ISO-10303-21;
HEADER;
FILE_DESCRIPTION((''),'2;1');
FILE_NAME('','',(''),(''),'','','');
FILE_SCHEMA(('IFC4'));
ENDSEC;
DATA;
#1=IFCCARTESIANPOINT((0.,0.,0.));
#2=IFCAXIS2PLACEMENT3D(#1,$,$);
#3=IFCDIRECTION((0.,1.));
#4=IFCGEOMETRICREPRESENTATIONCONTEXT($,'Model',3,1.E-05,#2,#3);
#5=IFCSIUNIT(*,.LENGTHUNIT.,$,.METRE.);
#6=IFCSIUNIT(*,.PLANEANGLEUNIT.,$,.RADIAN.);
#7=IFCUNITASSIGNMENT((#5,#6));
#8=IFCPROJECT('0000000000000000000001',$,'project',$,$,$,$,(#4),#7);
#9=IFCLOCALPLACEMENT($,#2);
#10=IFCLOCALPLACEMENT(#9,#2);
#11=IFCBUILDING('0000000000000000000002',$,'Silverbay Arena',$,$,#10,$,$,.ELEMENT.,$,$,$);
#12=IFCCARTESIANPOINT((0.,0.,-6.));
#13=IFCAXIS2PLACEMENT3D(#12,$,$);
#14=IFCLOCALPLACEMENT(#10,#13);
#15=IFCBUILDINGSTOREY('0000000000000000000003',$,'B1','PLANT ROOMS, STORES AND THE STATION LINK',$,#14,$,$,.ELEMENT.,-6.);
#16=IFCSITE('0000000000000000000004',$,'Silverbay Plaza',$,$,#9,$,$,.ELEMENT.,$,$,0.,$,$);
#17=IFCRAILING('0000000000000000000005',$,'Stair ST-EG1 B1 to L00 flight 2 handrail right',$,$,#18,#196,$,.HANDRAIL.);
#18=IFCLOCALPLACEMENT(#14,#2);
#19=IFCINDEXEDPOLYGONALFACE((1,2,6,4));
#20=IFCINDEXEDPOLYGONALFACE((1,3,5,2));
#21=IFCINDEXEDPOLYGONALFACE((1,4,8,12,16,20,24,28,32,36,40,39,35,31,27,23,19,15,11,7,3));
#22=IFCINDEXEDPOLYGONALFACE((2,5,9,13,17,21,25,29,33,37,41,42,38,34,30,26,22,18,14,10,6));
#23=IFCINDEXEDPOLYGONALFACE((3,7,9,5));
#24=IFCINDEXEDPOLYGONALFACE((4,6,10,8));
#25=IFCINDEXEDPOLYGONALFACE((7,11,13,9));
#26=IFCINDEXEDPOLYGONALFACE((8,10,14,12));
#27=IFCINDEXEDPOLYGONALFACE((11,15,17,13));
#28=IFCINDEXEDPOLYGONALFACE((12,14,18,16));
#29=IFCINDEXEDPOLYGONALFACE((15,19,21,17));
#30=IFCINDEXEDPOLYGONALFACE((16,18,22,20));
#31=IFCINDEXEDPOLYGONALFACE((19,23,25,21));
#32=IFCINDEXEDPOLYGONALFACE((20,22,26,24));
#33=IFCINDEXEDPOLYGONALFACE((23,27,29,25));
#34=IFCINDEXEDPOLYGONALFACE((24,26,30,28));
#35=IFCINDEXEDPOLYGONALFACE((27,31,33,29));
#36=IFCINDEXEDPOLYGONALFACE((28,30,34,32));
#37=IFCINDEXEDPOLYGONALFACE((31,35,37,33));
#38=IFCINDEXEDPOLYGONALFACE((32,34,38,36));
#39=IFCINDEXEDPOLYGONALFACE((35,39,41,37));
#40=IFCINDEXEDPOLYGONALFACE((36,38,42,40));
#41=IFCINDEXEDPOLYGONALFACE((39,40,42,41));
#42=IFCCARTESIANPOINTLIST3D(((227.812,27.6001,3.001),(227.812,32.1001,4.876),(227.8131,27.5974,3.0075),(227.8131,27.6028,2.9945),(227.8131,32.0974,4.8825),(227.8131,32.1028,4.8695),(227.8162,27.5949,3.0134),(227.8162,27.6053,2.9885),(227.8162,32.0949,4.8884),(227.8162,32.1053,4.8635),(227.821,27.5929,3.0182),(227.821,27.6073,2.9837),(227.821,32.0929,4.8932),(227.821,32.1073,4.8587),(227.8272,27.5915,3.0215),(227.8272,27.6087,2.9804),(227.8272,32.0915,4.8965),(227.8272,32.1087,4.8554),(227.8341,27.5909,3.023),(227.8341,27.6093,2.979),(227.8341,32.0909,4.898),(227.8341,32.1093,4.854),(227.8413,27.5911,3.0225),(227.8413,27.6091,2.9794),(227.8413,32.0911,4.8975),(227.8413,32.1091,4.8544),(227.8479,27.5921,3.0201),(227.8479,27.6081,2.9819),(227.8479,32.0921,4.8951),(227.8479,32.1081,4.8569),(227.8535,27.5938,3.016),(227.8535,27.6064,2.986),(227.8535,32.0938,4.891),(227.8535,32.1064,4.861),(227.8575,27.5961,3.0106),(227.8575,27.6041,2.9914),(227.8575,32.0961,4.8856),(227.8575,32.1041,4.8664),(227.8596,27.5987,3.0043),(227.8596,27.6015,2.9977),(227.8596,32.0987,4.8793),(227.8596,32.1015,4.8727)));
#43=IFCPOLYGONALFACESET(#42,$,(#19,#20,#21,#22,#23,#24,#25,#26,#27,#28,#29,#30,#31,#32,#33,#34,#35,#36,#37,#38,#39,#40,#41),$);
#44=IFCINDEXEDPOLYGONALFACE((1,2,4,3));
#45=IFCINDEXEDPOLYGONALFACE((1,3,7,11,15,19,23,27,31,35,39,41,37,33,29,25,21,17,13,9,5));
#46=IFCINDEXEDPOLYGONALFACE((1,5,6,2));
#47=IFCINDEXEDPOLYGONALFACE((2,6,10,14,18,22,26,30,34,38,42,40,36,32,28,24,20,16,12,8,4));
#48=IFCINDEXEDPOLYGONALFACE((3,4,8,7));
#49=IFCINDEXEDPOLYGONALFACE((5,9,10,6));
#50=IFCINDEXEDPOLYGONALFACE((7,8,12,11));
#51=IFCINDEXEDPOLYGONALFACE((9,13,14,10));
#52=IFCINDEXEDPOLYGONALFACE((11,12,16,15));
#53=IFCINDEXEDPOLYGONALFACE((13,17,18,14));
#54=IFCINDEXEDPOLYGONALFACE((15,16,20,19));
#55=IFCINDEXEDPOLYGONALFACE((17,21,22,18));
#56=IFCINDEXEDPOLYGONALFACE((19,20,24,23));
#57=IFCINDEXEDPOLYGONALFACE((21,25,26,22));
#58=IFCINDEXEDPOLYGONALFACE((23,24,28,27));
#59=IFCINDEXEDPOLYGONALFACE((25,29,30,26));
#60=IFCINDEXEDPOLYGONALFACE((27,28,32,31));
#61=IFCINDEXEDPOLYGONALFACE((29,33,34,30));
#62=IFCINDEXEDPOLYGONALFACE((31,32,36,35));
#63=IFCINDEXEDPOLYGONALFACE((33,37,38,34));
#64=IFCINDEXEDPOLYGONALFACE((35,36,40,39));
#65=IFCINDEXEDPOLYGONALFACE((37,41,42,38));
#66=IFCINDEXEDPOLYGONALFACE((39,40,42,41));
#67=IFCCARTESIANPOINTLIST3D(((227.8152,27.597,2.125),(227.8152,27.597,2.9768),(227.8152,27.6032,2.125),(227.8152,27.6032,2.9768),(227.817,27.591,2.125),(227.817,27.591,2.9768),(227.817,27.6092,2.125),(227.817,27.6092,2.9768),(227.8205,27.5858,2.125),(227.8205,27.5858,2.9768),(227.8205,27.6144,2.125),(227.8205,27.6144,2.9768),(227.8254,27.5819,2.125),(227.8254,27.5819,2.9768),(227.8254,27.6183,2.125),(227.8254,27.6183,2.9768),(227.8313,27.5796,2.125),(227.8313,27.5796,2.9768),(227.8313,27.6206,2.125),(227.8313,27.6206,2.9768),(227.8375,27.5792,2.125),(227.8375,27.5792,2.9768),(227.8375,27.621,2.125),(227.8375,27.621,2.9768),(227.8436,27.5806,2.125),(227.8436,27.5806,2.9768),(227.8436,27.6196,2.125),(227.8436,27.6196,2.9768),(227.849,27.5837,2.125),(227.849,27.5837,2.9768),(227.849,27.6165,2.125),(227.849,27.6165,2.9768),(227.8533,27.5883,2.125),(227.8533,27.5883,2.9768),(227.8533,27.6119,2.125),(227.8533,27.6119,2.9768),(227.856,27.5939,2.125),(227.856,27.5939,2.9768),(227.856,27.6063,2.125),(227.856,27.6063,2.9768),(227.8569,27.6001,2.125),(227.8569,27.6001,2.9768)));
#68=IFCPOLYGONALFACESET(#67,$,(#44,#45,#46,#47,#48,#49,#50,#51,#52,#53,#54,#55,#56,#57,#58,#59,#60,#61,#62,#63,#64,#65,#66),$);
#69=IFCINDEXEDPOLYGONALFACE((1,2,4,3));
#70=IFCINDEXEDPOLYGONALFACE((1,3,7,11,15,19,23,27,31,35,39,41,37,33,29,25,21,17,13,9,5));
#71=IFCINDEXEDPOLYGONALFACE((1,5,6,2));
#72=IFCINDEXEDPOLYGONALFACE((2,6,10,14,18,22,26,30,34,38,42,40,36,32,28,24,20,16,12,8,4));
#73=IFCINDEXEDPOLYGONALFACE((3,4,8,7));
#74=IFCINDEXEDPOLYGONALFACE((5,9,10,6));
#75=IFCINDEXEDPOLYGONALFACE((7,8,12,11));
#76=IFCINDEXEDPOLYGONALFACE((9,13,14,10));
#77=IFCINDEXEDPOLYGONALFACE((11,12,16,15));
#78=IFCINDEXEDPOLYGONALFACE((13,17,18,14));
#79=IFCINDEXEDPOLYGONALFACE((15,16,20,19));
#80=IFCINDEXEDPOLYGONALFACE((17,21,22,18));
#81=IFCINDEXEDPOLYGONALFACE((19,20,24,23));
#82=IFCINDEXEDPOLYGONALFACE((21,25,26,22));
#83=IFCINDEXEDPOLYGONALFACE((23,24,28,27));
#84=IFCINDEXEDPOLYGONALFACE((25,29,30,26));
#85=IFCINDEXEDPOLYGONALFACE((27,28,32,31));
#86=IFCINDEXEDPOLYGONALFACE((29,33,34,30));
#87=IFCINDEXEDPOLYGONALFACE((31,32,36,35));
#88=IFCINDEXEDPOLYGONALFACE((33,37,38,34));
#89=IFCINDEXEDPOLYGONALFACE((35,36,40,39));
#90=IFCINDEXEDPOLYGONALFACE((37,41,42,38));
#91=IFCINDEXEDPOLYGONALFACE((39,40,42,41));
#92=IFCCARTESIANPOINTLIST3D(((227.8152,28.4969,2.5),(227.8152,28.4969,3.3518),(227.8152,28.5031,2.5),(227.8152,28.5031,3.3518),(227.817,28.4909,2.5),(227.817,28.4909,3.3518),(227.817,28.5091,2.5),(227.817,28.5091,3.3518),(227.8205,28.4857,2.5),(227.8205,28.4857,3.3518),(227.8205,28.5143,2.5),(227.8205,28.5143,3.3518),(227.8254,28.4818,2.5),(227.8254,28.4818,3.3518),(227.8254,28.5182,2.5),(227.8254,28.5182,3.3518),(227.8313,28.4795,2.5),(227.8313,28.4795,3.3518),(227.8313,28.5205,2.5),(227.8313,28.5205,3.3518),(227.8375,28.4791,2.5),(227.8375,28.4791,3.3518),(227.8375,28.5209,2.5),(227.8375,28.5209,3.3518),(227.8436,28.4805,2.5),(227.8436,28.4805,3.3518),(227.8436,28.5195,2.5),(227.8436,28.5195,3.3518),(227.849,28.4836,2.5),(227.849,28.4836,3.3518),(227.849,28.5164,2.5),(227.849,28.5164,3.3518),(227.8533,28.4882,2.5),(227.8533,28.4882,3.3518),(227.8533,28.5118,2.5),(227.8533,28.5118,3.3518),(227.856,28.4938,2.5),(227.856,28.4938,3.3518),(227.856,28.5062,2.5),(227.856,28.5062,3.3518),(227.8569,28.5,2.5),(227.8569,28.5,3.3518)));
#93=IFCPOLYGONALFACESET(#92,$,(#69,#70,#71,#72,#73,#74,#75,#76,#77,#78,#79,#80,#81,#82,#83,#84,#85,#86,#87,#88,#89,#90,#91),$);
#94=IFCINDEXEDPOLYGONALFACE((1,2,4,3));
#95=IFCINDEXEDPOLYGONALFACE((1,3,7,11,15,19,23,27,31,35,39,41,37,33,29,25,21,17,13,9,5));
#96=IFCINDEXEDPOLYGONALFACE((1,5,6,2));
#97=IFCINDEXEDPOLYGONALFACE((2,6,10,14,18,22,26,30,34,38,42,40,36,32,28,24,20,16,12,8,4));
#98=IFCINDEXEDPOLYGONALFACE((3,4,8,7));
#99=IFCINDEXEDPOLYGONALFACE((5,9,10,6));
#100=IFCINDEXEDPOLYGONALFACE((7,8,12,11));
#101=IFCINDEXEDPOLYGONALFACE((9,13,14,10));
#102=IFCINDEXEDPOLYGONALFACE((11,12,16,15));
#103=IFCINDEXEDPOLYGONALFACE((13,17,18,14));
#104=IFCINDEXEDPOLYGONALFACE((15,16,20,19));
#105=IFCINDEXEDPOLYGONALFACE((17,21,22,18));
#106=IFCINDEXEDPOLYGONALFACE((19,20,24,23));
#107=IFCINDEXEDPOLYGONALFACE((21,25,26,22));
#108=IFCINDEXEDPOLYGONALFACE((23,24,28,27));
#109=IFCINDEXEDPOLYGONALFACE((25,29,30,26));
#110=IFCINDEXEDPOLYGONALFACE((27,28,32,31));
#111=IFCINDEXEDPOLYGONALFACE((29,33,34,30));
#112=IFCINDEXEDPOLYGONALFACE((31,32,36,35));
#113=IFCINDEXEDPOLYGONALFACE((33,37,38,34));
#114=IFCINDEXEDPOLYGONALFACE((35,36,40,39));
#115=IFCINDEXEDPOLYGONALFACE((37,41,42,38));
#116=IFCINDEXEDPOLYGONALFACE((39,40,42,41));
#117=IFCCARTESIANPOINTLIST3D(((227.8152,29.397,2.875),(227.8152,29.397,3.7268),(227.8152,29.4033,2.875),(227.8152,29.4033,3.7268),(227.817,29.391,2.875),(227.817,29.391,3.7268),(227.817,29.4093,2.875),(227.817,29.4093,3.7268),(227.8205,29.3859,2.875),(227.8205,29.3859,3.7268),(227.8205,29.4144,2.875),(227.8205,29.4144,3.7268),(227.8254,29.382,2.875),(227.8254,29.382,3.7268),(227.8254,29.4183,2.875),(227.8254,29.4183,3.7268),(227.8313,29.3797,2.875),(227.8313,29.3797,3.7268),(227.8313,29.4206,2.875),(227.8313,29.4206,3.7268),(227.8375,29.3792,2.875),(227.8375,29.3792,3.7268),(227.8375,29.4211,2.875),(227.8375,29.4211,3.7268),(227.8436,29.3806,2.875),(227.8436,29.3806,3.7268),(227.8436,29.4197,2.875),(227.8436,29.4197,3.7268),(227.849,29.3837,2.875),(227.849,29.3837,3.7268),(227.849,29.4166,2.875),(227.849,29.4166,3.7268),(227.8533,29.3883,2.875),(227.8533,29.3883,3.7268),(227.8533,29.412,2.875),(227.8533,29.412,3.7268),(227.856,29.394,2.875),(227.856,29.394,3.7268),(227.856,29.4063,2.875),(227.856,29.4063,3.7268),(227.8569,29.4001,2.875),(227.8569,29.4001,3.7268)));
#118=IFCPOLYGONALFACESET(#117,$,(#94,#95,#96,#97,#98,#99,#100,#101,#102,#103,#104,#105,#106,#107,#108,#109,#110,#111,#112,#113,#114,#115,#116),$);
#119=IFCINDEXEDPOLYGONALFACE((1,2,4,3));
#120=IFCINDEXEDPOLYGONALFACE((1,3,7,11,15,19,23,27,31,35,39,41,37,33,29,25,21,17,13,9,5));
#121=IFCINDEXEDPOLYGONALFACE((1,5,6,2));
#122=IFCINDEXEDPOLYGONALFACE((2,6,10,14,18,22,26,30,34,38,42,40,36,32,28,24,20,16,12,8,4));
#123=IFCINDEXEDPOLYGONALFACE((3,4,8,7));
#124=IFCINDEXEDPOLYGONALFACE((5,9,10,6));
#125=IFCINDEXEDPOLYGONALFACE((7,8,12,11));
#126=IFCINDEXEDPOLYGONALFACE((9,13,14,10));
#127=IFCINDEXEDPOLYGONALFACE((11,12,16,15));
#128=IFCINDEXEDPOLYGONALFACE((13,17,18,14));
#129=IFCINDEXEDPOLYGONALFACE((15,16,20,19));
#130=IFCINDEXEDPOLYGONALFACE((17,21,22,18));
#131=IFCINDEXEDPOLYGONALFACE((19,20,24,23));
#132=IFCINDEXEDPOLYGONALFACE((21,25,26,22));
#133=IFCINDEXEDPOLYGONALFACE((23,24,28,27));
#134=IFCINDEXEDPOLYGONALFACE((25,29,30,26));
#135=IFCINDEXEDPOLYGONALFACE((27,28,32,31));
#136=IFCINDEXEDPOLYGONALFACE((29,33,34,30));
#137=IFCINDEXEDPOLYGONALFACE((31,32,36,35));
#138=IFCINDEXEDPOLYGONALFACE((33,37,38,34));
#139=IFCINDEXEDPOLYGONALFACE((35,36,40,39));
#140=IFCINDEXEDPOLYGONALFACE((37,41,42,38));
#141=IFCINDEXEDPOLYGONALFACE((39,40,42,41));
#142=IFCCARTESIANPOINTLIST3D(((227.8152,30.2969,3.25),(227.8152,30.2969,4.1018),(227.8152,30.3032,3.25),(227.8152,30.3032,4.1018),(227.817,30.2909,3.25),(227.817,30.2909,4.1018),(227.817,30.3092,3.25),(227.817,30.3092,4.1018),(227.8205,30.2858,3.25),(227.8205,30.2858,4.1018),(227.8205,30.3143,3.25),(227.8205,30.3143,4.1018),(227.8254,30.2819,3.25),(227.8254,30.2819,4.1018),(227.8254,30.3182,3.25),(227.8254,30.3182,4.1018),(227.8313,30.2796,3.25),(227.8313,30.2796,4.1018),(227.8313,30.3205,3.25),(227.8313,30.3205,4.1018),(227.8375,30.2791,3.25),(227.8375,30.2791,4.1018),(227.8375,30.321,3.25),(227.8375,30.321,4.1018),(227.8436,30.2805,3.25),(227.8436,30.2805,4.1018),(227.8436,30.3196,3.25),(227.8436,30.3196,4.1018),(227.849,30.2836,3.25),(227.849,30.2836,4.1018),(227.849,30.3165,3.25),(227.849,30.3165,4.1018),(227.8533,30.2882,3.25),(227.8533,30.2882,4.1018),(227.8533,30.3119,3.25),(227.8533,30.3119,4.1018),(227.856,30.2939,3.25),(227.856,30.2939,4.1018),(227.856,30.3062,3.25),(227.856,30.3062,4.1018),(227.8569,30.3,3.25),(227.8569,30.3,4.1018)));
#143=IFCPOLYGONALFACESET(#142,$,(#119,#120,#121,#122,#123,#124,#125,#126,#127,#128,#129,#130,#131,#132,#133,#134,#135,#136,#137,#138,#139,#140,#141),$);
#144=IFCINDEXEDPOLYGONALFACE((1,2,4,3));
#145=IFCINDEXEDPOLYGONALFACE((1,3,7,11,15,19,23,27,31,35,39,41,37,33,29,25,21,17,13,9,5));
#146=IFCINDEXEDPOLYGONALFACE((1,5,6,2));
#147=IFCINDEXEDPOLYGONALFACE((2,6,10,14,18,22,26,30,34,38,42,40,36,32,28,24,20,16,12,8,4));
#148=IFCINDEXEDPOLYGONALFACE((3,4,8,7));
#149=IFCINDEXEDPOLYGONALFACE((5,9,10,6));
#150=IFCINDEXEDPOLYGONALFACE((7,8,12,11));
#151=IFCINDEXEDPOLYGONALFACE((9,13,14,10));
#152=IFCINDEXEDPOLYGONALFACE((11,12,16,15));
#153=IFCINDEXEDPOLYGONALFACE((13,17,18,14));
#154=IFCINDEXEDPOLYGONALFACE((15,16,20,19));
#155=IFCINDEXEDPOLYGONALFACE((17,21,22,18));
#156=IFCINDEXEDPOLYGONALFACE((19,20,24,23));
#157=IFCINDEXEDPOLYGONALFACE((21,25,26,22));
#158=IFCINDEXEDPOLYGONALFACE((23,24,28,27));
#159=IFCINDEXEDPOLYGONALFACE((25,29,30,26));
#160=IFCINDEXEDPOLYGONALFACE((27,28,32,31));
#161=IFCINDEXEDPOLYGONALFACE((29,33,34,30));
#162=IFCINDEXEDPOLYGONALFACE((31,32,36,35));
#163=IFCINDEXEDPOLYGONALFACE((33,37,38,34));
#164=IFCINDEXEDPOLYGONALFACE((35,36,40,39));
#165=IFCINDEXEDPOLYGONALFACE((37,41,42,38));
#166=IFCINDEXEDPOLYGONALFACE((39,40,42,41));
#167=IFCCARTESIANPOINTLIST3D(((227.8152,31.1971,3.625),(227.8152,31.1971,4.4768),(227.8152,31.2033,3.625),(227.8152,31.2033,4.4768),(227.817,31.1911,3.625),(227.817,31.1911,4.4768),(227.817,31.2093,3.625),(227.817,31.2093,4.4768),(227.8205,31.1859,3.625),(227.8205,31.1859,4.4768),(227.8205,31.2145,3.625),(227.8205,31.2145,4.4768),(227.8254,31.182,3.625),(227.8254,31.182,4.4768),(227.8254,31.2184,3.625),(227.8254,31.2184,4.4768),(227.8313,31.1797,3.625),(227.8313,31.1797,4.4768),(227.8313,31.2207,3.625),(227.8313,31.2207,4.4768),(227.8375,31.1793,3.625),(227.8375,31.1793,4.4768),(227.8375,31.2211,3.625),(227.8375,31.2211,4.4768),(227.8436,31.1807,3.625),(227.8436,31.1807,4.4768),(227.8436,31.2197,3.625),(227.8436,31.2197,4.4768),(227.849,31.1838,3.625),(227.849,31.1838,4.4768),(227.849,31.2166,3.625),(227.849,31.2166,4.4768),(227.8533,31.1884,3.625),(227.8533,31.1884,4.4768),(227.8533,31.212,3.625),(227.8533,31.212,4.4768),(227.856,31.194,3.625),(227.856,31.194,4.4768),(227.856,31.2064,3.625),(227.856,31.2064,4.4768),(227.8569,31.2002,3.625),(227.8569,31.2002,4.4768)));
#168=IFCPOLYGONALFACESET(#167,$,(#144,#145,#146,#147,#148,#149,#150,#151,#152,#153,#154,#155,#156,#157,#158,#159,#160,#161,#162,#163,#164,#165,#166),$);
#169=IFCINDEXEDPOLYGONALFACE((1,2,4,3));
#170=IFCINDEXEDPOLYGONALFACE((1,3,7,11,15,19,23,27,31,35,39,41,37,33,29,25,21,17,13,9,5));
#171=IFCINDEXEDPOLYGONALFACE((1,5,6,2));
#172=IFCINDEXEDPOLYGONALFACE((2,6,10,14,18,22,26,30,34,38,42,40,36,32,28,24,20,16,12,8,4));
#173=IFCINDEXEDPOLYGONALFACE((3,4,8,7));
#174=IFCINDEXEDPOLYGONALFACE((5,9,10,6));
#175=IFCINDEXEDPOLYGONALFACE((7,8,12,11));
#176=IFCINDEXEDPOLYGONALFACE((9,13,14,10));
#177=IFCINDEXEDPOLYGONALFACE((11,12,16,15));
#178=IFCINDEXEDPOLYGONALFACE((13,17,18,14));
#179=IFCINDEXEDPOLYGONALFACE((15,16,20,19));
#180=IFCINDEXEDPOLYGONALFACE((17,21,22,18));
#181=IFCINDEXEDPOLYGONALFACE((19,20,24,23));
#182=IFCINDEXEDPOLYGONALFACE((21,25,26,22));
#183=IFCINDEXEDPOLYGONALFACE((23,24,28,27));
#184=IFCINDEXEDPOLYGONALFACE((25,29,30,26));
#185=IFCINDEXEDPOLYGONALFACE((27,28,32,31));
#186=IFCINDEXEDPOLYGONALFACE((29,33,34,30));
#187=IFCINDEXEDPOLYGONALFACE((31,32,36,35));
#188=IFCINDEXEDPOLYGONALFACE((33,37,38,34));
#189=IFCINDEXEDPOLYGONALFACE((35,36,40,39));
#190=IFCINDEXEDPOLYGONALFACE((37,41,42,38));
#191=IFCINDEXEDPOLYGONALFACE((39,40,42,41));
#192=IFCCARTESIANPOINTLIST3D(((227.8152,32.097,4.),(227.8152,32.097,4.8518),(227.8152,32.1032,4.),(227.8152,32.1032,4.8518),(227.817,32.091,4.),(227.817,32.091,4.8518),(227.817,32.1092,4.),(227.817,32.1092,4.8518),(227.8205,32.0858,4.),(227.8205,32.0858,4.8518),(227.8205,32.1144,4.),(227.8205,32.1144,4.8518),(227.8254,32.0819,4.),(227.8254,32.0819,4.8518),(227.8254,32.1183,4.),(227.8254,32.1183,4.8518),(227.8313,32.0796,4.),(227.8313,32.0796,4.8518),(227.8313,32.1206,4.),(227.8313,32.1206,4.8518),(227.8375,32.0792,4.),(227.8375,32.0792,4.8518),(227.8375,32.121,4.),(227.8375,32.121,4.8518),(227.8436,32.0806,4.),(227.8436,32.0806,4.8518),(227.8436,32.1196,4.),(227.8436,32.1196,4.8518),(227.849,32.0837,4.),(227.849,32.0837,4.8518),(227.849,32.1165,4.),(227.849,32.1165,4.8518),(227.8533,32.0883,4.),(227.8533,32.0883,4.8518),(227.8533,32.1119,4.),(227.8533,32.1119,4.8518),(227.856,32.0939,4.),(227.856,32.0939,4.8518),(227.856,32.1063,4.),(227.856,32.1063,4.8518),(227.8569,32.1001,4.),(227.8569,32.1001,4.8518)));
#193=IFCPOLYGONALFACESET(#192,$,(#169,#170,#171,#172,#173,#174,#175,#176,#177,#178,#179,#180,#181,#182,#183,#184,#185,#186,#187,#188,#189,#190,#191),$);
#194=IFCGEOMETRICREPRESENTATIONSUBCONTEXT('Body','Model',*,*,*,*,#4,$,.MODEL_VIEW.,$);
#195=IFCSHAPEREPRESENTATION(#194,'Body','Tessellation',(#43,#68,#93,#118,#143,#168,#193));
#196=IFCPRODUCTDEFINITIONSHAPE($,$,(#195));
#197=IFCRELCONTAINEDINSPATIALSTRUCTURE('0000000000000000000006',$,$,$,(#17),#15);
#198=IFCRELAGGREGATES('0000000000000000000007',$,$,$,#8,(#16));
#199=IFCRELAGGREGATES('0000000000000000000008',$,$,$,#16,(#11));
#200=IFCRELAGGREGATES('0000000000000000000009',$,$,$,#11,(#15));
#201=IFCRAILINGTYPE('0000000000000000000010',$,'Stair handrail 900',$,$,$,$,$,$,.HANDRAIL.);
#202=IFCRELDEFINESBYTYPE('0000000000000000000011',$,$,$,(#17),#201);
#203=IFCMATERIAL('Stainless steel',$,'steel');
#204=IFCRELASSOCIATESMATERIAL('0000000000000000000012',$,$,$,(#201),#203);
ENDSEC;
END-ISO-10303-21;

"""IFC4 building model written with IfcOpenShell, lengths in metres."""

from ifc_helpers import new_model, si_unit, direction, frame, origin, origin_2d, place, context, subcontext, project, spatial, circle, extrude, material, type_object, element, save


model = new_model("IFC4")

# Units and contexts
model_context = context("Model", 3, precision=1e-05, world=origin(), true_north=direction((0.0, 1.0)))
body_context = subcontext(model_context, "Body", "Model", "MODEL_VIEW")
ifc_project = project(units=[si_unit("LENGTHUNIT", "METRE"), si_unit("PLANEANGLEUNIT", "RADIAN")], contexts=[model_context])

# Site, building, storey
site_placement = place(None, origin())
site = spatial("IfcSite", under=ifc_project, at=site_placement, Name="Silverbay Plaza", CompositionType="ELEMENT", RefElevation=0.0)
building_placement = place(site_placement, origin())
building = spatial("IfcBuilding", under=site, at=building_placement, Name="Silverbay Arena", CompositionType="ELEMENT")
storey_placement = place(building_placement, frame((0.0, 0.0, -6.0)))
storey = spatial("IfcBuildingStorey", under=building, at=storey_placement, Name="B1", Description="PLANT ROOMS, STORES AND THE STATION LINK", CompositionType="ELEMENT", Elevation=-6.0)

# Railing
ifc_material_1 = material(Name="Stainless steel", Category="steel")
railing_type_1 = type_object("IfcRailingType", Name="Stair handrail 900", PredefinedType="HANDRAIL", material=ifc_material_1)
for number, where, name in (
    (1, (227.8359, 27.6001, 2.125), "Stair ST-EG1 B1 to L00 flight 2 handrail right"),
):
    element("IfcRailing", number, at=place(storey_placement, frame(where)), inside=storey, type_object=railing_type_1, Name=name, PredefinedType="HANDRAIL", context=body_context, shape_type="SweptSolid", body=[
        extrude(circle(Radius=0.0239, at=origin_2d()), frame((0.0, 0.0, 0.876), z_axis=(0.0, 0.923077, 0.384615), x_axis=(-1.0, 0.0, 0.0)), (0.0, 0.0, 1.0), 4.875),
        extrude(circle(Radius=0.021, at=origin_2d()), origin(), (0.0, 0.0, 1.0), 0.8518),
        extrude(circle(Radius=0.021, at=origin_2d()), frame((0.0, 0.8999, 0.375)), (0.0, 0.0, 1.0), 0.8518),
        extrude(circle(Radius=0.021, at=origin_2d()), frame((0.0, 1.8, 0.75)), (0.0, 0.0, 1.0), 0.8518),
        extrude(circle(Radius=0.021, at=origin_2d()), frame((0.0, 2.7, 1.125)), (0.0, 0.0, 1.0), 0.8518),
        extrude(circle(Radius=0.021, at=origin_2d()), frame((0.0, 3.6001, 1.5)), (0.0, 0.0, 1.0), 0.8518),
        extrude(circle(Radius=0.021, at=origin_2d()), frame((0.0, 4.5, 1.875)), (0.0, 0.0, 1.0), 0.8518),
    ])

save(model, "model.ifc")
